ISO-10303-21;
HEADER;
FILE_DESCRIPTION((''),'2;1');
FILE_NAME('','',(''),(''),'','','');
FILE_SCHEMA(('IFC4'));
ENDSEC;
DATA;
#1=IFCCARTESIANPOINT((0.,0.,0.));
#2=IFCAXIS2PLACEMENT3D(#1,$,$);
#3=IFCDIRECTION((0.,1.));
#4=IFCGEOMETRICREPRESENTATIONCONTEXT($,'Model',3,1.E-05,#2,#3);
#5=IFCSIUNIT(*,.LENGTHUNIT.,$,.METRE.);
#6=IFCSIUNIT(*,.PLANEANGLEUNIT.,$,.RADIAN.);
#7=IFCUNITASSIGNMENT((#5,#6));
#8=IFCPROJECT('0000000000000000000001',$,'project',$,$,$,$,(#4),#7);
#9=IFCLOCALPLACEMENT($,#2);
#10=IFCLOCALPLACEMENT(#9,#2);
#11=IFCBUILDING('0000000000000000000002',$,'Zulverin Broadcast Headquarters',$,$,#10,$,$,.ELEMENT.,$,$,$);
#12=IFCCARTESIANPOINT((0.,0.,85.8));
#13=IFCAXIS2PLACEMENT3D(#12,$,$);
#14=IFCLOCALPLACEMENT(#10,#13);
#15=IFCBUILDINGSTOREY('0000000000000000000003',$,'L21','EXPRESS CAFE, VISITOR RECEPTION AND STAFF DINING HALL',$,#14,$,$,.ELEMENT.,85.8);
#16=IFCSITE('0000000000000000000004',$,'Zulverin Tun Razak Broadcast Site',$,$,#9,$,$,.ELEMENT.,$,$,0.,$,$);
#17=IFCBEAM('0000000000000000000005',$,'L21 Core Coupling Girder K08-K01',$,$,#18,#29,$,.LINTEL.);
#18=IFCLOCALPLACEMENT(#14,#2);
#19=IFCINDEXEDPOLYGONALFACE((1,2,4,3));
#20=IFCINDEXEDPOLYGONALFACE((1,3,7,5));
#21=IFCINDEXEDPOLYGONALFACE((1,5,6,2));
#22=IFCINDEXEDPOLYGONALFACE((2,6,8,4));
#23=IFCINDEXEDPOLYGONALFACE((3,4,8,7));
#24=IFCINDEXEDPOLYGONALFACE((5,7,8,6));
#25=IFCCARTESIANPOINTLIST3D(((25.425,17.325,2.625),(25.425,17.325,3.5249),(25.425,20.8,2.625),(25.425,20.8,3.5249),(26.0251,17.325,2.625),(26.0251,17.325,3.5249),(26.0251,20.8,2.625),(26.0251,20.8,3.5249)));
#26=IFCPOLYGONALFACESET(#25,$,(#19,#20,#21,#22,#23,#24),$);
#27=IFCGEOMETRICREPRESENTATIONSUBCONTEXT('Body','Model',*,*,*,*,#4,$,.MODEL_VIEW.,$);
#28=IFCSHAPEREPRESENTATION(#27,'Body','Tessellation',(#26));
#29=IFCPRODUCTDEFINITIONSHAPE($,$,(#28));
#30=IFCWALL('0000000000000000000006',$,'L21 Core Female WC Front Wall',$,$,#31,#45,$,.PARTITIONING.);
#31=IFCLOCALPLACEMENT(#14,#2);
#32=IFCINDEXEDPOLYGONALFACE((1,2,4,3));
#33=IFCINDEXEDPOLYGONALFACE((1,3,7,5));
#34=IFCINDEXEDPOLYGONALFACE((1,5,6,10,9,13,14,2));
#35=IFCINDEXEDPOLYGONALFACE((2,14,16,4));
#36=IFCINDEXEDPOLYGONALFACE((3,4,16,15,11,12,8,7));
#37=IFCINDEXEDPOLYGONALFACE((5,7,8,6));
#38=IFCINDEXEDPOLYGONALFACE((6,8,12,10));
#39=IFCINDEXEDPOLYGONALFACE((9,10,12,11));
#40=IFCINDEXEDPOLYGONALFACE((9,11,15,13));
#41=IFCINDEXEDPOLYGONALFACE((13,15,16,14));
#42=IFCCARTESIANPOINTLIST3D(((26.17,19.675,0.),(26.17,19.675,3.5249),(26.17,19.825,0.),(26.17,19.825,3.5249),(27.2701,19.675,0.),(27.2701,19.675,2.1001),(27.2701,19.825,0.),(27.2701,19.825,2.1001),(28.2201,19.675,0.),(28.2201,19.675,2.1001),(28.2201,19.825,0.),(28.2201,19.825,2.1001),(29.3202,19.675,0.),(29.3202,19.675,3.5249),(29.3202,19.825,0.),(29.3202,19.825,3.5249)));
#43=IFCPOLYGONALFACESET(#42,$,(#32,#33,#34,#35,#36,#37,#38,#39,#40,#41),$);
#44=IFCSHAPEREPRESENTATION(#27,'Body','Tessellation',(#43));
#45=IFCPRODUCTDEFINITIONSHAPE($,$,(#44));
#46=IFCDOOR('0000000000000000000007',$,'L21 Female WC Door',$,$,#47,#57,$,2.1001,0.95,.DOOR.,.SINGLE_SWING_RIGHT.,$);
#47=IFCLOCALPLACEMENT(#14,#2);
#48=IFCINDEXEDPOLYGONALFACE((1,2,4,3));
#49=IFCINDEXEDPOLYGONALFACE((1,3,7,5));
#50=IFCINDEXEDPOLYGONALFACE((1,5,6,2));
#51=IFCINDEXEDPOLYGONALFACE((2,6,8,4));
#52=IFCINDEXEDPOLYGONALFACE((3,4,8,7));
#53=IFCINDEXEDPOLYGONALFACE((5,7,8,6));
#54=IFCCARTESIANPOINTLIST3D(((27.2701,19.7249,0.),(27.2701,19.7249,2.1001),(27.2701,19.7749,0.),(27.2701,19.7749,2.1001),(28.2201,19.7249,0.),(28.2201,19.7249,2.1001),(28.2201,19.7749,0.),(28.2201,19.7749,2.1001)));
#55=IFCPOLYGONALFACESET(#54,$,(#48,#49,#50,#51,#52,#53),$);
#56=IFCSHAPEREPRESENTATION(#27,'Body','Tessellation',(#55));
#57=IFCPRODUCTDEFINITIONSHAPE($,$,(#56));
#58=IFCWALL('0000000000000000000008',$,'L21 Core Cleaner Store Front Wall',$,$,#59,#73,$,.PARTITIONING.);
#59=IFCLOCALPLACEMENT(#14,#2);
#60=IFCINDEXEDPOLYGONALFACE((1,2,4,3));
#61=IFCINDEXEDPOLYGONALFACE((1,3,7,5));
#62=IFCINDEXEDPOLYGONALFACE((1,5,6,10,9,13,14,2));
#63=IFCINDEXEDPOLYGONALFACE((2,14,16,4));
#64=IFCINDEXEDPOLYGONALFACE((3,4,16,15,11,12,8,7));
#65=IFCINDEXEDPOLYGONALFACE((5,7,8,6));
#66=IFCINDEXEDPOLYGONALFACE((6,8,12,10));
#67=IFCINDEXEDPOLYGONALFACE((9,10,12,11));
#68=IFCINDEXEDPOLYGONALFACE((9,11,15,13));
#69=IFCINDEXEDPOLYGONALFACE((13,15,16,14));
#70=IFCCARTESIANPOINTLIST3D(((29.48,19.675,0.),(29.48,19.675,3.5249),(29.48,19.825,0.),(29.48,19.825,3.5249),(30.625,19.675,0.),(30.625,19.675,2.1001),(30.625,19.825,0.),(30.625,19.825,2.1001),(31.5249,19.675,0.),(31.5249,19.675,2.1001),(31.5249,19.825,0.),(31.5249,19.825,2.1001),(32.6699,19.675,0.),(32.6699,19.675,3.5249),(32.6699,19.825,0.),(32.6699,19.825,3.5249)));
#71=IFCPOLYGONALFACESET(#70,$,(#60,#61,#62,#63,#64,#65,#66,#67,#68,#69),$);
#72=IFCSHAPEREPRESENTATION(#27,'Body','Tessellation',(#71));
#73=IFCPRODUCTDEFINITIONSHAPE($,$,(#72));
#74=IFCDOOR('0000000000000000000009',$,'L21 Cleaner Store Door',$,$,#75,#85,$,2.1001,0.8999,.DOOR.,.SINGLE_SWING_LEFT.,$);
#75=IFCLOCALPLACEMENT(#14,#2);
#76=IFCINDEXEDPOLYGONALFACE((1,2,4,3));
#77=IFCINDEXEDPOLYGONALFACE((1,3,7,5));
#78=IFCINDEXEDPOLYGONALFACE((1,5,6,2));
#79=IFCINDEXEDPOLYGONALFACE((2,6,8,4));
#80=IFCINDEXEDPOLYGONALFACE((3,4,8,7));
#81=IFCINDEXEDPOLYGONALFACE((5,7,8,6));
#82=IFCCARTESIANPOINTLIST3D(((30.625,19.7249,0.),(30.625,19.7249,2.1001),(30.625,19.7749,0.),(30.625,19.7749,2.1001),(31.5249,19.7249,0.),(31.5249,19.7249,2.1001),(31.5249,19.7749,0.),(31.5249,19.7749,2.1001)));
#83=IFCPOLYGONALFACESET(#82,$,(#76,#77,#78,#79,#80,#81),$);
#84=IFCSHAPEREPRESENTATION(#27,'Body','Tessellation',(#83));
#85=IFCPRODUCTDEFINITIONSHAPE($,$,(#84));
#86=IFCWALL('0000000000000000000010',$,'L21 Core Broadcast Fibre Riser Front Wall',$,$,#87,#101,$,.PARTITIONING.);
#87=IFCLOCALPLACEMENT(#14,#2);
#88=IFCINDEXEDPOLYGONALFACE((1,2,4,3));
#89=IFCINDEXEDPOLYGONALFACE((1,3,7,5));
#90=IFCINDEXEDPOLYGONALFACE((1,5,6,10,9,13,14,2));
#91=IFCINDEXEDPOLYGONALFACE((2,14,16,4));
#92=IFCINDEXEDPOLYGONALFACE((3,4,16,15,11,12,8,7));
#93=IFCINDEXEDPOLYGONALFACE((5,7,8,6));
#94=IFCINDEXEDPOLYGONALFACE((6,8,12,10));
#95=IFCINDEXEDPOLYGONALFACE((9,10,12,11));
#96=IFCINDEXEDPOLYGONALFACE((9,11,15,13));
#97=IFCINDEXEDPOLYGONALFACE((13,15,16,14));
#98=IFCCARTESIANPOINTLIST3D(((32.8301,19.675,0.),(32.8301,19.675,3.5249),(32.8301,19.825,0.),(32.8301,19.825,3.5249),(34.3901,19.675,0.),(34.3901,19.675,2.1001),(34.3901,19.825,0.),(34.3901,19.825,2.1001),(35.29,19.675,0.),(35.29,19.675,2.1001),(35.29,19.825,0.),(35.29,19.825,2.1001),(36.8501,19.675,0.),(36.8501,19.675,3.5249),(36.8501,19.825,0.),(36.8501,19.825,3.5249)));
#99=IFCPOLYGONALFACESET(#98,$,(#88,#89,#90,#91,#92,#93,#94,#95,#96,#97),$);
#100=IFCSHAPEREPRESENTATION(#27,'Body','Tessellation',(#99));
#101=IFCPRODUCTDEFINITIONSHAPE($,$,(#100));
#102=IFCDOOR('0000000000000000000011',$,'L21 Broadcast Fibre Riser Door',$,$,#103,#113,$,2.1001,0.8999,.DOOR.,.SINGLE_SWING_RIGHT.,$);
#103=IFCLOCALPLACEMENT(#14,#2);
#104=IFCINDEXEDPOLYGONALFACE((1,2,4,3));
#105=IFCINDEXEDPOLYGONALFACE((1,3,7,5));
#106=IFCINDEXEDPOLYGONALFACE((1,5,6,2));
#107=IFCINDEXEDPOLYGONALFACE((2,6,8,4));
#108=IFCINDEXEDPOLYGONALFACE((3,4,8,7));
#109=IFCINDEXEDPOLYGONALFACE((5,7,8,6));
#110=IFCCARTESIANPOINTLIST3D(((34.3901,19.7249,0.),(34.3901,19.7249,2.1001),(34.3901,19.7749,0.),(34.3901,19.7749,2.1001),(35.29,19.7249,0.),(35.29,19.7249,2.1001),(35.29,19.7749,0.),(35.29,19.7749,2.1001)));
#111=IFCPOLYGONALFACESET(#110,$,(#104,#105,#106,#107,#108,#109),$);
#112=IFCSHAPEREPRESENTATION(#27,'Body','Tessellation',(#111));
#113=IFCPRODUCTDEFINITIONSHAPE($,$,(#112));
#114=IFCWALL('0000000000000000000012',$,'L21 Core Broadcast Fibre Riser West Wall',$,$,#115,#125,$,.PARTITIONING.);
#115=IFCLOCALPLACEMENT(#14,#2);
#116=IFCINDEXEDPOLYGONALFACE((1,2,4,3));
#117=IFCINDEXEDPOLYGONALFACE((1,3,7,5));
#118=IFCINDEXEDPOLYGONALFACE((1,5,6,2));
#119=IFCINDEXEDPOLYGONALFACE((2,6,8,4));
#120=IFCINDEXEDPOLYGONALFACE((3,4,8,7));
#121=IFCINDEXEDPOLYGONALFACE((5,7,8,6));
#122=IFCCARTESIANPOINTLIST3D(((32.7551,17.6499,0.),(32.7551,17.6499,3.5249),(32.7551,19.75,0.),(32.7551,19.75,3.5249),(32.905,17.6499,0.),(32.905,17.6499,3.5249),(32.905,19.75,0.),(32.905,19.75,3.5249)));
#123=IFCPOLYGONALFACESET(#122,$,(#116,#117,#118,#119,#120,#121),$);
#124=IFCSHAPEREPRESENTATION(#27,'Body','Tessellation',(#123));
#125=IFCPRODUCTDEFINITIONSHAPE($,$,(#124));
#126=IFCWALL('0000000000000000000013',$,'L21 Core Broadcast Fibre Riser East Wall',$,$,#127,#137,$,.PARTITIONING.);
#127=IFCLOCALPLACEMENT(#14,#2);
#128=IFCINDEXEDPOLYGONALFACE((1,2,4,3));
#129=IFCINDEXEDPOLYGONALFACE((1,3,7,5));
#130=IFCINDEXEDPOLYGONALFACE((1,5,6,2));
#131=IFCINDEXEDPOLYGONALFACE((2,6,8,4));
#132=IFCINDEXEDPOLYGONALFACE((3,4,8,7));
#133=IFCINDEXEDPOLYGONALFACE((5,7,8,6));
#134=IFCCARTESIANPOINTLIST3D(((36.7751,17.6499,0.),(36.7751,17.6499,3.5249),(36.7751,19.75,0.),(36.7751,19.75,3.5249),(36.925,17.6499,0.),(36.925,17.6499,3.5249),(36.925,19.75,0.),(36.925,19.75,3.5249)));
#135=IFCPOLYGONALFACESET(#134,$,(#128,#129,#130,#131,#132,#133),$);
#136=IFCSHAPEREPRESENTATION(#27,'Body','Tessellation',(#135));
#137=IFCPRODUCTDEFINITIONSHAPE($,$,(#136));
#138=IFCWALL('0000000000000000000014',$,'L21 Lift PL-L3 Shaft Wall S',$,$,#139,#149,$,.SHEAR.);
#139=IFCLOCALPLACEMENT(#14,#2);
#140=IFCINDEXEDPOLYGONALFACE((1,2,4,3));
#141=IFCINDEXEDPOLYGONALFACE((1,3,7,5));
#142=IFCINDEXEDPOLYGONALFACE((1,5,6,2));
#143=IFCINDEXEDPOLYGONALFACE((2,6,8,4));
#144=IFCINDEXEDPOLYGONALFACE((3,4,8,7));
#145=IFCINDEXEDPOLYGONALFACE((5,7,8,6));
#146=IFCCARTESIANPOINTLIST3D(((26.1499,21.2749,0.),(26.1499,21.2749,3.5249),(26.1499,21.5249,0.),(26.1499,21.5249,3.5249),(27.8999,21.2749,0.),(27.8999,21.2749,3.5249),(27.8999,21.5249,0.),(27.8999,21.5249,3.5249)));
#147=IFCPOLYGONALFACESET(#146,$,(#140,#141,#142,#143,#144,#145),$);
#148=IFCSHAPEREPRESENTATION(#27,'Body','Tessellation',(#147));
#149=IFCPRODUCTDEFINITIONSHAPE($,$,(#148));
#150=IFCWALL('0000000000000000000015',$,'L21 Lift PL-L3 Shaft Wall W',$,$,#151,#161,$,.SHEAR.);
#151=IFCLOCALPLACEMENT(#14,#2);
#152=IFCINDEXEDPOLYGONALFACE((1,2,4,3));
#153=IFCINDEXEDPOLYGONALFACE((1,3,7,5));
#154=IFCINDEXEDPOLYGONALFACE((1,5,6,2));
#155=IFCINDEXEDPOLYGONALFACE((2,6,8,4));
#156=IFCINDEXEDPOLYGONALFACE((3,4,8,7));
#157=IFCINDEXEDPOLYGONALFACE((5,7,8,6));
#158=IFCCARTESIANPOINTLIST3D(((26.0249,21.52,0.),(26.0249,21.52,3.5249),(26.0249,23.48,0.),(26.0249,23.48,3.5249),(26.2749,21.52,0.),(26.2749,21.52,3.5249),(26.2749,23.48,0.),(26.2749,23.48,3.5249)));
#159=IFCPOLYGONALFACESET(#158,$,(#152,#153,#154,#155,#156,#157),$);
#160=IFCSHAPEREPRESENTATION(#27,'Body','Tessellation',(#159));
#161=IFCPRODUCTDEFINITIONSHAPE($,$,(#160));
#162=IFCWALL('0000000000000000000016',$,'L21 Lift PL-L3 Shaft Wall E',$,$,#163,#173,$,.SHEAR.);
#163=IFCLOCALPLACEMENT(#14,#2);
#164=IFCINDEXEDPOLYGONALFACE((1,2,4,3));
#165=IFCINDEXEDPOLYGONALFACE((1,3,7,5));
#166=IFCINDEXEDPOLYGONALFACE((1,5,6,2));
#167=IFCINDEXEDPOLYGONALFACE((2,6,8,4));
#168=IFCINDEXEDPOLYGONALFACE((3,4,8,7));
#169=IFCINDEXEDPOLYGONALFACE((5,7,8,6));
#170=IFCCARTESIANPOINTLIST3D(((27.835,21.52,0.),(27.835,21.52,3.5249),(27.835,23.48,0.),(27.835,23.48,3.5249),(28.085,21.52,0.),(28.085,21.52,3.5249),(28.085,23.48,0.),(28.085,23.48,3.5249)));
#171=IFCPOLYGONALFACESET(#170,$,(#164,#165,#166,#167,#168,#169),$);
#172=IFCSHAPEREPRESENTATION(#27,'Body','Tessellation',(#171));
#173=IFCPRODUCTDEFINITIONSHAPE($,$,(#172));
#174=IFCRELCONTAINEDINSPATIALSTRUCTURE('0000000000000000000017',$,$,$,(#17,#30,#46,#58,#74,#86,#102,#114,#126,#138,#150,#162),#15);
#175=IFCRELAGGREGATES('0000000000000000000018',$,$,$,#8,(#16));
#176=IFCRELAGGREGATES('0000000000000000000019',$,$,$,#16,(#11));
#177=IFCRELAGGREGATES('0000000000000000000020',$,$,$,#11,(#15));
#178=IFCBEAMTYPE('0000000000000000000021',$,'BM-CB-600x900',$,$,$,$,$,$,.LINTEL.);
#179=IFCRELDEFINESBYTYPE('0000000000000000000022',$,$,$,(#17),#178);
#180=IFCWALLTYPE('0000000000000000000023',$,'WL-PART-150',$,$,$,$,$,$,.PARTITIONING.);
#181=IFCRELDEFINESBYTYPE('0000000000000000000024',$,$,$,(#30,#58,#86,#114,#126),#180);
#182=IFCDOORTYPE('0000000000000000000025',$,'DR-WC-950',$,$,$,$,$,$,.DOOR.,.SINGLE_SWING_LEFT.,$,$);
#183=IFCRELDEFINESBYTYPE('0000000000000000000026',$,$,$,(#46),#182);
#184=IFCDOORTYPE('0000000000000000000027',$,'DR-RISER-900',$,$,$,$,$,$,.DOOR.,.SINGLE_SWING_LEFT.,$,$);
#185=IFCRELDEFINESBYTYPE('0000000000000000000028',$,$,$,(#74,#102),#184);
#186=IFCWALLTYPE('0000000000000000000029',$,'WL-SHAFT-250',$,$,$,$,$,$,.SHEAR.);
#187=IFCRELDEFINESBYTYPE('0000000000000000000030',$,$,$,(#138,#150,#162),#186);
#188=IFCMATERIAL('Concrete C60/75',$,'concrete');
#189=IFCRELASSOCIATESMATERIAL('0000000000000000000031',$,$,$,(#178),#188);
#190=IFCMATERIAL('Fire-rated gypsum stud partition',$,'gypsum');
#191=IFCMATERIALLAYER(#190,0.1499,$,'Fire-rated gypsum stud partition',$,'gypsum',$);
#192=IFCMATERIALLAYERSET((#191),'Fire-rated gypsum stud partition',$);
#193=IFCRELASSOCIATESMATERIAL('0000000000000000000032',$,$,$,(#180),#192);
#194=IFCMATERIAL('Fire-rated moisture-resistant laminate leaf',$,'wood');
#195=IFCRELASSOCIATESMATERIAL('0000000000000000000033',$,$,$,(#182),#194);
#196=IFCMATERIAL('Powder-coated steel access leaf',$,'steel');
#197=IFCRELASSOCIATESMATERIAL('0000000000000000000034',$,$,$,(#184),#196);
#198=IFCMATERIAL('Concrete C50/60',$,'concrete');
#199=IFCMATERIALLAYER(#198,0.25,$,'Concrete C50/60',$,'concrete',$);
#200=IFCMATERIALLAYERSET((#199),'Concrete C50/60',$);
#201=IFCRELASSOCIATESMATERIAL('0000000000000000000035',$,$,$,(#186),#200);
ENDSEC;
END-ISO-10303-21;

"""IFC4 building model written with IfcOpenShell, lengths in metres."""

from ifc_helpers import new_model, si_unit, direction, frame, frame_2d, origin, origin_2d, place, context, subcontext, project, spatial, rectangle, extrude, material, layer, layer_set, material_profile, profile_set, type_object, element, fill, save


model = new_model("IFC4")

# Units and contexts
model_context = context("Model", 3, precision=1e-05, world=origin(), true_north=direction((0.0, 1.0)))
body_context = subcontext(model_context, "Body", "Model", "MODEL_VIEW")
ifc_project = project(units=[si_unit("LENGTHUNIT", "METRE"), si_unit("PLANEANGLEUNIT", "RADIAN")], contexts=[model_context])

# Site, building, storey
site_placement = place(None, origin())
site = spatial("IfcSite", under=ifc_project, at=site_placement, Name="Zulverin Tun Razak Broadcast Site", CompositionType="ELEMENT", RefElevation=0.0)
building_placement = place(site_placement, origin())
building = spatial("IfcBuilding", under=site, at=building_placement, Name="Zulverin Broadcast Headquarters", CompositionType="ELEMENT")
storey_placement = place(building_placement, frame((0.0, 0.0, 85.8)))
storey = spatial("IfcBuildingStorey", under=building, at=storey_placement, Name="L21", Description="EXPRESS CAFE, VISITOR RECEPTION AND STAFF DINING HALL", CompositionType="ELEMENT", Elevation=85.8)

# Beam
ifc_material_1 = material(Name="Concrete C60/75", Category="concrete")
ifc_material_profile = material_profile(ifc_material_1, rectangle(XDim=0.6001, YDim=0.8999, at=origin_2d()), Name="Concrete C60/75", Category="concrete")
ifc_profile_set = profile_set([ifc_material_profile], Name="Concrete C60/75")
beam_type = type_object("IfcBeamType", Name="BM-CB-600x900", PredefinedType="LINTEL", material=ifc_profile_set)
beam_placement = place(storey_placement, frame((25.7251, 20.8, 3.075), z_axis=(0.0, -1.0, 0.0), x_axis=(1.0, 0.0, 0.0)))
element("IfcBeam", 1, at=beam_placement, inside=storey, type_object=beam_type, Name="L21 Core Coupling Girder K08-K01", PredefinedType="LINTEL", context=body_context, shape_type="SweptSolid", body=[
    extrude(rectangle(XDim=0.6001, YDim=0.8999, at=origin_2d()), origin(), (0.0, 0.0, 1.0), 3.4751),
])

# Walls, openings, doors
ifc_material_2 = material(Name="Fire-rated gypsum stud partition", Category="gypsum")
ifc_layer_1 = layer(ifc_material_2, 0.1499, Name="Fire-rated gypsum stud partition", Category="gypsum")
ifc_layer_set_1 = layer_set([ifc_layer_1], Name="Fire-rated gypsum stud partition")
wall_type_1 = type_object("IfcWallType", Name="WL-PART-150", PredefinedType="PARTITIONING", material=ifc_layer_set_1)
wall_1_placement = place(storey_placement, frame((26.1699, 19.75, 0.0), z_axis=(0.0, 0.0, 1.0), x_axis=(1.0, 0.0, 0.0)))
wall_1 = element("IfcWall", 2, at=wall_1_placement, inside=storey, type_object=wall_type_1, Name="L21 Core Female WC Front Wall", PredefinedType="PARTITIONING", context=body_context, shape_type="SweptSolid", body=[
    extrude(rectangle(XDim=3.1501, YDim=0.1499, at=frame_2d((1.5752, 0.0))), origin(), (0.0, 0.0, 1.0), 3.5249),
])
opening_1_placement = place(wall_1_placement, frame((1.1001, 0.0, 0.0)))
opening_1 = element("IfcOpeningElement", 3, at=opening_1_placement, cuts=wall_1, PredefinedType="OPENING", context=body_context, shape_type="SweptSolid", body=[
    extrude(rectangle(XDim=0.95, YDim=2.1001, at=frame_2d((0.4751, 1.05))), frame((0.0, 0.085, 0.0), z_axis=(0.0, -1.0, 0.0), x_axis=(1.0, 0.0, 0.0)), (0.0, 0.0, 1.0), 0.1699),
])
ifc_material_3 = material(Name="Fire-rated moisture-resistant laminate leaf", Category="wood")
door_type_1 = type_object("IfcDoorType", Name="DR-WC-950", OperationType="SINGLE_SWING_LEFT", PredefinedType="DOOR", material=ifc_material_3)
door_1_placement = place(opening_1_placement, origin())
door_1 = element("IfcDoor", 4, at=door_1_placement, inside=storey, type_object=door_type_1, Name="L21 Female WC Door", OperationType="SINGLE_SWING_RIGHT", OverallHeight=2.1001, OverallWidth=0.95, PredefinedType="DOOR", context=body_context, shape_type="SweptSolid", body=[
    extrude(rectangle(XDim=0.95, YDim=2.1001, at=frame_2d((0.4751, 1.05))), frame((0.0, 0.0249, 0.0), z_axis=(0.0, -1.0, 0.0), x_axis=(1.0, 0.0, 0.0)), (0.0, 0.0, 1.0), 0.05),
])
fill(opening_1, door_1)
wall_2_placement = place(storey_placement, frame((29.48, 19.75, 0.0), z_axis=(0.0, 0.0, 1.0), x_axis=(1.0, 0.0, 0.0)))
wall_2 = element("IfcWall", 5, at=wall_2_placement, inside=storey, type_object=wall_type_1, Name="L21 Core Cleaner Store Front Wall", PredefinedType="PARTITIONING", context=body_context, shape_type="SweptSolid", body=[
    extrude(rectangle(XDim=3.1899, YDim=0.1499, at=frame_2d((1.595, 0.0))), origin(), (0.0, 0.0, 1.0), 3.5249),
])
opening_2_placement = place(wall_2_placement, frame((1.145, 0.0, 0.0)))
opening_2 = element("IfcOpeningElement", 6, at=opening_2_placement, cuts=wall_2, PredefinedType="OPENING", context=body_context, shape_type="SweptSolid", body=[
    extrude(rectangle(XDim=0.8999, YDim=2.1001, at=frame_2d((0.45, 1.05))), frame((0.0, 0.085, 0.0), z_axis=(0.0, -1.0, 0.0), x_axis=(1.0, 0.0, 0.0)), (0.0, 0.0, 1.0), 0.1699),
])
ifc_material_4 = material(Name="Powder-coated steel access leaf", Category="steel")
door_type_2 = type_object("IfcDoorType", Name="DR-RISER-900", OperationType="SINGLE_SWING_LEFT", PredefinedType="DOOR", material=ifc_material_4)
door_2_placement = place(opening_2_placement, origin())
door_2 = element("IfcDoor", 7, at=door_2_placement, inside=storey, type_object=door_type_2, Name="L21 Cleaner Store Door", OperationType="SINGLE_SWING_LEFT", OverallHeight=2.1001, OverallWidth=0.8999, PredefinedType="DOOR", context=body_context, shape_type="SweptSolid", body=[
    extrude(rectangle(XDim=0.8999, YDim=2.1001, at=frame_2d((0.45, 1.05))), frame((0.0, 0.0249, 0.0), z_axis=(0.0, -1.0, 0.0), x_axis=(1.0, 0.0, 0.0)), (0.0, 0.0, 1.0), 0.05),
])
fill(opening_2, door_2)
wall_3_placement = place(storey_placement, frame((32.8301, 19.75, 0.0), z_axis=(0.0, 0.0, 1.0), x_axis=(1.0, 0.0, 0.0)))
wall_3 = element("IfcWall", 8, at=wall_3_placement, inside=storey, type_object=wall_type_1, Name="L21 Core Broadcast Fibre Riser Front Wall", PredefinedType="PARTITIONING", context=body_context, shape_type="SweptSolid", body=[
    extrude(rectangle(XDim=4.02, YDim=0.1499, at=frame_2d((2.01, 0.0))), origin(), (0.0, 0.0, 1.0), 3.5249),
])
opening_3_placement = place(wall_3_placement, frame((1.5601, 0.0, 0.0)))
opening_3 = element("IfcOpeningElement", 9, at=opening_3_placement, cuts=wall_3, PredefinedType="OPENING", context=body_context, shape_type="SweptSolid", body=[
    extrude(rectangle(XDim=0.8999, YDim=2.1001, at=frame_2d((0.45, 1.05))), frame((0.0, 0.085, 0.0), z_axis=(0.0, -1.0, 0.0), x_axis=(1.0, 0.0, 0.0)), (0.0, 0.0, 1.0), 0.1699),
])
door_3_placement = place(opening_3_placement, origin())
door_3 = element("IfcDoor", 10, at=door_3_placement, inside=storey, type_object=door_type_2, Name="L21 Broadcast Fibre Riser Door", OperationType="SINGLE_SWING_RIGHT", OverallHeight=2.1001, OverallWidth=0.8999, PredefinedType="DOOR", context=body_context, shape_type="SweptSolid", body=[
    extrude(rectangle(XDim=0.8999, YDim=2.1001, at=frame_2d((0.45, 1.05))), frame((0.0, 0.0249, 0.0), z_axis=(0.0, -1.0, 0.0), x_axis=(1.0, 0.0, 0.0)), (0.0, 0.0, 1.0), 0.05),
])
fill(opening_3, door_3)

# Walls
for number, where, z_axis, x_axis, name in (
    (11, (32.8301, 17.6499, 0.0), (0.0, 0.0, 1.0), (0.0, 1.0, 0.0), "L21 Core Broadcast Fibre Riser West Wall"),
    (12, (36.8501, 17.6499, 0.0), (0.0, 0.0, 1.0), (0.0, 1.0, 0.0), "L21 Core Broadcast Fibre Riser East Wall"),
):
    element("IfcWall", number, at=place(storey_placement, frame(where, z_axis=z_axis, x_axis=x_axis)), inside=storey, type_object=wall_type_1, Name=name, PredefinedType="PARTITIONING", context=body_context, shape_type="SweptSolid", body=[
        extrude(rectangle(XDim=2.1001, YDim=0.1499, at=frame_2d((1.05, 0.0))), origin(), (0.0, 0.0, 1.0), 3.5249),
    ])
ifc_material_5 = material(Name="Concrete C50/60", Category="concrete")
ifc_layer_2 = layer(ifc_material_5, 0.25, Name="Concrete C50/60", Category="concrete")
ifc_layer_set_2 = layer_set([ifc_layer_2], Name="Concrete C50/60")
wall_type_2 = type_object("IfcWallType", Name="WL-SHAFT-250", PredefinedType="SHEAR", material=ifc_layer_set_2)
wall_4_placement = place(storey_placement, frame((26.1499, 21.3999, 0.0), z_axis=(0.0, 0.0, 1.0), x_axis=(1.0, 0.0, 0.0)))
element("IfcWall", 13, at=wall_4_placement, inside=storey, type_object=wall_type_2, Name="L21 Lift PL-L3 Shaft Wall S", PredefinedType="SHEAR", context=body_context, shape_type="SweptSolid", body=[
    extrude(rectangle(XDim=1.75, YDim=0.25, at=frame_2d((0.875, 0.0))), origin(), (0.0, 0.0, 1.0), 3.5249),
])
for number, where, z_axis, x_axis, name in (
    (14, (26.1499, 21.52, 0.0), (0.0, 0.0, 1.0), (0.0, 1.0, 0.0), "L21 Lift PL-L3 Shaft Wall W"),
    (15, (27.96, 21.52, 0.0), (0.0, 0.0, 1.0), (0.0, 1.0, 0.0), "L21 Lift PL-L3 Shaft Wall E"),
):
    element("IfcWall", number, at=place(storey_placement, frame(where, z_axis=z_axis, x_axis=x_axis)), inside=storey, type_object=wall_type_2, Name=name, PredefinedType="SHEAR", context=body_context, shape_type="SweptSolid", body=[
        extrude(rectangle(XDim=1.96, YDim=0.25, at=frame_2d((0.98, 0.0))), origin(), (0.0, 0.0, 1.0), 3.5249),
    ])

save(model, "model.ifc")
